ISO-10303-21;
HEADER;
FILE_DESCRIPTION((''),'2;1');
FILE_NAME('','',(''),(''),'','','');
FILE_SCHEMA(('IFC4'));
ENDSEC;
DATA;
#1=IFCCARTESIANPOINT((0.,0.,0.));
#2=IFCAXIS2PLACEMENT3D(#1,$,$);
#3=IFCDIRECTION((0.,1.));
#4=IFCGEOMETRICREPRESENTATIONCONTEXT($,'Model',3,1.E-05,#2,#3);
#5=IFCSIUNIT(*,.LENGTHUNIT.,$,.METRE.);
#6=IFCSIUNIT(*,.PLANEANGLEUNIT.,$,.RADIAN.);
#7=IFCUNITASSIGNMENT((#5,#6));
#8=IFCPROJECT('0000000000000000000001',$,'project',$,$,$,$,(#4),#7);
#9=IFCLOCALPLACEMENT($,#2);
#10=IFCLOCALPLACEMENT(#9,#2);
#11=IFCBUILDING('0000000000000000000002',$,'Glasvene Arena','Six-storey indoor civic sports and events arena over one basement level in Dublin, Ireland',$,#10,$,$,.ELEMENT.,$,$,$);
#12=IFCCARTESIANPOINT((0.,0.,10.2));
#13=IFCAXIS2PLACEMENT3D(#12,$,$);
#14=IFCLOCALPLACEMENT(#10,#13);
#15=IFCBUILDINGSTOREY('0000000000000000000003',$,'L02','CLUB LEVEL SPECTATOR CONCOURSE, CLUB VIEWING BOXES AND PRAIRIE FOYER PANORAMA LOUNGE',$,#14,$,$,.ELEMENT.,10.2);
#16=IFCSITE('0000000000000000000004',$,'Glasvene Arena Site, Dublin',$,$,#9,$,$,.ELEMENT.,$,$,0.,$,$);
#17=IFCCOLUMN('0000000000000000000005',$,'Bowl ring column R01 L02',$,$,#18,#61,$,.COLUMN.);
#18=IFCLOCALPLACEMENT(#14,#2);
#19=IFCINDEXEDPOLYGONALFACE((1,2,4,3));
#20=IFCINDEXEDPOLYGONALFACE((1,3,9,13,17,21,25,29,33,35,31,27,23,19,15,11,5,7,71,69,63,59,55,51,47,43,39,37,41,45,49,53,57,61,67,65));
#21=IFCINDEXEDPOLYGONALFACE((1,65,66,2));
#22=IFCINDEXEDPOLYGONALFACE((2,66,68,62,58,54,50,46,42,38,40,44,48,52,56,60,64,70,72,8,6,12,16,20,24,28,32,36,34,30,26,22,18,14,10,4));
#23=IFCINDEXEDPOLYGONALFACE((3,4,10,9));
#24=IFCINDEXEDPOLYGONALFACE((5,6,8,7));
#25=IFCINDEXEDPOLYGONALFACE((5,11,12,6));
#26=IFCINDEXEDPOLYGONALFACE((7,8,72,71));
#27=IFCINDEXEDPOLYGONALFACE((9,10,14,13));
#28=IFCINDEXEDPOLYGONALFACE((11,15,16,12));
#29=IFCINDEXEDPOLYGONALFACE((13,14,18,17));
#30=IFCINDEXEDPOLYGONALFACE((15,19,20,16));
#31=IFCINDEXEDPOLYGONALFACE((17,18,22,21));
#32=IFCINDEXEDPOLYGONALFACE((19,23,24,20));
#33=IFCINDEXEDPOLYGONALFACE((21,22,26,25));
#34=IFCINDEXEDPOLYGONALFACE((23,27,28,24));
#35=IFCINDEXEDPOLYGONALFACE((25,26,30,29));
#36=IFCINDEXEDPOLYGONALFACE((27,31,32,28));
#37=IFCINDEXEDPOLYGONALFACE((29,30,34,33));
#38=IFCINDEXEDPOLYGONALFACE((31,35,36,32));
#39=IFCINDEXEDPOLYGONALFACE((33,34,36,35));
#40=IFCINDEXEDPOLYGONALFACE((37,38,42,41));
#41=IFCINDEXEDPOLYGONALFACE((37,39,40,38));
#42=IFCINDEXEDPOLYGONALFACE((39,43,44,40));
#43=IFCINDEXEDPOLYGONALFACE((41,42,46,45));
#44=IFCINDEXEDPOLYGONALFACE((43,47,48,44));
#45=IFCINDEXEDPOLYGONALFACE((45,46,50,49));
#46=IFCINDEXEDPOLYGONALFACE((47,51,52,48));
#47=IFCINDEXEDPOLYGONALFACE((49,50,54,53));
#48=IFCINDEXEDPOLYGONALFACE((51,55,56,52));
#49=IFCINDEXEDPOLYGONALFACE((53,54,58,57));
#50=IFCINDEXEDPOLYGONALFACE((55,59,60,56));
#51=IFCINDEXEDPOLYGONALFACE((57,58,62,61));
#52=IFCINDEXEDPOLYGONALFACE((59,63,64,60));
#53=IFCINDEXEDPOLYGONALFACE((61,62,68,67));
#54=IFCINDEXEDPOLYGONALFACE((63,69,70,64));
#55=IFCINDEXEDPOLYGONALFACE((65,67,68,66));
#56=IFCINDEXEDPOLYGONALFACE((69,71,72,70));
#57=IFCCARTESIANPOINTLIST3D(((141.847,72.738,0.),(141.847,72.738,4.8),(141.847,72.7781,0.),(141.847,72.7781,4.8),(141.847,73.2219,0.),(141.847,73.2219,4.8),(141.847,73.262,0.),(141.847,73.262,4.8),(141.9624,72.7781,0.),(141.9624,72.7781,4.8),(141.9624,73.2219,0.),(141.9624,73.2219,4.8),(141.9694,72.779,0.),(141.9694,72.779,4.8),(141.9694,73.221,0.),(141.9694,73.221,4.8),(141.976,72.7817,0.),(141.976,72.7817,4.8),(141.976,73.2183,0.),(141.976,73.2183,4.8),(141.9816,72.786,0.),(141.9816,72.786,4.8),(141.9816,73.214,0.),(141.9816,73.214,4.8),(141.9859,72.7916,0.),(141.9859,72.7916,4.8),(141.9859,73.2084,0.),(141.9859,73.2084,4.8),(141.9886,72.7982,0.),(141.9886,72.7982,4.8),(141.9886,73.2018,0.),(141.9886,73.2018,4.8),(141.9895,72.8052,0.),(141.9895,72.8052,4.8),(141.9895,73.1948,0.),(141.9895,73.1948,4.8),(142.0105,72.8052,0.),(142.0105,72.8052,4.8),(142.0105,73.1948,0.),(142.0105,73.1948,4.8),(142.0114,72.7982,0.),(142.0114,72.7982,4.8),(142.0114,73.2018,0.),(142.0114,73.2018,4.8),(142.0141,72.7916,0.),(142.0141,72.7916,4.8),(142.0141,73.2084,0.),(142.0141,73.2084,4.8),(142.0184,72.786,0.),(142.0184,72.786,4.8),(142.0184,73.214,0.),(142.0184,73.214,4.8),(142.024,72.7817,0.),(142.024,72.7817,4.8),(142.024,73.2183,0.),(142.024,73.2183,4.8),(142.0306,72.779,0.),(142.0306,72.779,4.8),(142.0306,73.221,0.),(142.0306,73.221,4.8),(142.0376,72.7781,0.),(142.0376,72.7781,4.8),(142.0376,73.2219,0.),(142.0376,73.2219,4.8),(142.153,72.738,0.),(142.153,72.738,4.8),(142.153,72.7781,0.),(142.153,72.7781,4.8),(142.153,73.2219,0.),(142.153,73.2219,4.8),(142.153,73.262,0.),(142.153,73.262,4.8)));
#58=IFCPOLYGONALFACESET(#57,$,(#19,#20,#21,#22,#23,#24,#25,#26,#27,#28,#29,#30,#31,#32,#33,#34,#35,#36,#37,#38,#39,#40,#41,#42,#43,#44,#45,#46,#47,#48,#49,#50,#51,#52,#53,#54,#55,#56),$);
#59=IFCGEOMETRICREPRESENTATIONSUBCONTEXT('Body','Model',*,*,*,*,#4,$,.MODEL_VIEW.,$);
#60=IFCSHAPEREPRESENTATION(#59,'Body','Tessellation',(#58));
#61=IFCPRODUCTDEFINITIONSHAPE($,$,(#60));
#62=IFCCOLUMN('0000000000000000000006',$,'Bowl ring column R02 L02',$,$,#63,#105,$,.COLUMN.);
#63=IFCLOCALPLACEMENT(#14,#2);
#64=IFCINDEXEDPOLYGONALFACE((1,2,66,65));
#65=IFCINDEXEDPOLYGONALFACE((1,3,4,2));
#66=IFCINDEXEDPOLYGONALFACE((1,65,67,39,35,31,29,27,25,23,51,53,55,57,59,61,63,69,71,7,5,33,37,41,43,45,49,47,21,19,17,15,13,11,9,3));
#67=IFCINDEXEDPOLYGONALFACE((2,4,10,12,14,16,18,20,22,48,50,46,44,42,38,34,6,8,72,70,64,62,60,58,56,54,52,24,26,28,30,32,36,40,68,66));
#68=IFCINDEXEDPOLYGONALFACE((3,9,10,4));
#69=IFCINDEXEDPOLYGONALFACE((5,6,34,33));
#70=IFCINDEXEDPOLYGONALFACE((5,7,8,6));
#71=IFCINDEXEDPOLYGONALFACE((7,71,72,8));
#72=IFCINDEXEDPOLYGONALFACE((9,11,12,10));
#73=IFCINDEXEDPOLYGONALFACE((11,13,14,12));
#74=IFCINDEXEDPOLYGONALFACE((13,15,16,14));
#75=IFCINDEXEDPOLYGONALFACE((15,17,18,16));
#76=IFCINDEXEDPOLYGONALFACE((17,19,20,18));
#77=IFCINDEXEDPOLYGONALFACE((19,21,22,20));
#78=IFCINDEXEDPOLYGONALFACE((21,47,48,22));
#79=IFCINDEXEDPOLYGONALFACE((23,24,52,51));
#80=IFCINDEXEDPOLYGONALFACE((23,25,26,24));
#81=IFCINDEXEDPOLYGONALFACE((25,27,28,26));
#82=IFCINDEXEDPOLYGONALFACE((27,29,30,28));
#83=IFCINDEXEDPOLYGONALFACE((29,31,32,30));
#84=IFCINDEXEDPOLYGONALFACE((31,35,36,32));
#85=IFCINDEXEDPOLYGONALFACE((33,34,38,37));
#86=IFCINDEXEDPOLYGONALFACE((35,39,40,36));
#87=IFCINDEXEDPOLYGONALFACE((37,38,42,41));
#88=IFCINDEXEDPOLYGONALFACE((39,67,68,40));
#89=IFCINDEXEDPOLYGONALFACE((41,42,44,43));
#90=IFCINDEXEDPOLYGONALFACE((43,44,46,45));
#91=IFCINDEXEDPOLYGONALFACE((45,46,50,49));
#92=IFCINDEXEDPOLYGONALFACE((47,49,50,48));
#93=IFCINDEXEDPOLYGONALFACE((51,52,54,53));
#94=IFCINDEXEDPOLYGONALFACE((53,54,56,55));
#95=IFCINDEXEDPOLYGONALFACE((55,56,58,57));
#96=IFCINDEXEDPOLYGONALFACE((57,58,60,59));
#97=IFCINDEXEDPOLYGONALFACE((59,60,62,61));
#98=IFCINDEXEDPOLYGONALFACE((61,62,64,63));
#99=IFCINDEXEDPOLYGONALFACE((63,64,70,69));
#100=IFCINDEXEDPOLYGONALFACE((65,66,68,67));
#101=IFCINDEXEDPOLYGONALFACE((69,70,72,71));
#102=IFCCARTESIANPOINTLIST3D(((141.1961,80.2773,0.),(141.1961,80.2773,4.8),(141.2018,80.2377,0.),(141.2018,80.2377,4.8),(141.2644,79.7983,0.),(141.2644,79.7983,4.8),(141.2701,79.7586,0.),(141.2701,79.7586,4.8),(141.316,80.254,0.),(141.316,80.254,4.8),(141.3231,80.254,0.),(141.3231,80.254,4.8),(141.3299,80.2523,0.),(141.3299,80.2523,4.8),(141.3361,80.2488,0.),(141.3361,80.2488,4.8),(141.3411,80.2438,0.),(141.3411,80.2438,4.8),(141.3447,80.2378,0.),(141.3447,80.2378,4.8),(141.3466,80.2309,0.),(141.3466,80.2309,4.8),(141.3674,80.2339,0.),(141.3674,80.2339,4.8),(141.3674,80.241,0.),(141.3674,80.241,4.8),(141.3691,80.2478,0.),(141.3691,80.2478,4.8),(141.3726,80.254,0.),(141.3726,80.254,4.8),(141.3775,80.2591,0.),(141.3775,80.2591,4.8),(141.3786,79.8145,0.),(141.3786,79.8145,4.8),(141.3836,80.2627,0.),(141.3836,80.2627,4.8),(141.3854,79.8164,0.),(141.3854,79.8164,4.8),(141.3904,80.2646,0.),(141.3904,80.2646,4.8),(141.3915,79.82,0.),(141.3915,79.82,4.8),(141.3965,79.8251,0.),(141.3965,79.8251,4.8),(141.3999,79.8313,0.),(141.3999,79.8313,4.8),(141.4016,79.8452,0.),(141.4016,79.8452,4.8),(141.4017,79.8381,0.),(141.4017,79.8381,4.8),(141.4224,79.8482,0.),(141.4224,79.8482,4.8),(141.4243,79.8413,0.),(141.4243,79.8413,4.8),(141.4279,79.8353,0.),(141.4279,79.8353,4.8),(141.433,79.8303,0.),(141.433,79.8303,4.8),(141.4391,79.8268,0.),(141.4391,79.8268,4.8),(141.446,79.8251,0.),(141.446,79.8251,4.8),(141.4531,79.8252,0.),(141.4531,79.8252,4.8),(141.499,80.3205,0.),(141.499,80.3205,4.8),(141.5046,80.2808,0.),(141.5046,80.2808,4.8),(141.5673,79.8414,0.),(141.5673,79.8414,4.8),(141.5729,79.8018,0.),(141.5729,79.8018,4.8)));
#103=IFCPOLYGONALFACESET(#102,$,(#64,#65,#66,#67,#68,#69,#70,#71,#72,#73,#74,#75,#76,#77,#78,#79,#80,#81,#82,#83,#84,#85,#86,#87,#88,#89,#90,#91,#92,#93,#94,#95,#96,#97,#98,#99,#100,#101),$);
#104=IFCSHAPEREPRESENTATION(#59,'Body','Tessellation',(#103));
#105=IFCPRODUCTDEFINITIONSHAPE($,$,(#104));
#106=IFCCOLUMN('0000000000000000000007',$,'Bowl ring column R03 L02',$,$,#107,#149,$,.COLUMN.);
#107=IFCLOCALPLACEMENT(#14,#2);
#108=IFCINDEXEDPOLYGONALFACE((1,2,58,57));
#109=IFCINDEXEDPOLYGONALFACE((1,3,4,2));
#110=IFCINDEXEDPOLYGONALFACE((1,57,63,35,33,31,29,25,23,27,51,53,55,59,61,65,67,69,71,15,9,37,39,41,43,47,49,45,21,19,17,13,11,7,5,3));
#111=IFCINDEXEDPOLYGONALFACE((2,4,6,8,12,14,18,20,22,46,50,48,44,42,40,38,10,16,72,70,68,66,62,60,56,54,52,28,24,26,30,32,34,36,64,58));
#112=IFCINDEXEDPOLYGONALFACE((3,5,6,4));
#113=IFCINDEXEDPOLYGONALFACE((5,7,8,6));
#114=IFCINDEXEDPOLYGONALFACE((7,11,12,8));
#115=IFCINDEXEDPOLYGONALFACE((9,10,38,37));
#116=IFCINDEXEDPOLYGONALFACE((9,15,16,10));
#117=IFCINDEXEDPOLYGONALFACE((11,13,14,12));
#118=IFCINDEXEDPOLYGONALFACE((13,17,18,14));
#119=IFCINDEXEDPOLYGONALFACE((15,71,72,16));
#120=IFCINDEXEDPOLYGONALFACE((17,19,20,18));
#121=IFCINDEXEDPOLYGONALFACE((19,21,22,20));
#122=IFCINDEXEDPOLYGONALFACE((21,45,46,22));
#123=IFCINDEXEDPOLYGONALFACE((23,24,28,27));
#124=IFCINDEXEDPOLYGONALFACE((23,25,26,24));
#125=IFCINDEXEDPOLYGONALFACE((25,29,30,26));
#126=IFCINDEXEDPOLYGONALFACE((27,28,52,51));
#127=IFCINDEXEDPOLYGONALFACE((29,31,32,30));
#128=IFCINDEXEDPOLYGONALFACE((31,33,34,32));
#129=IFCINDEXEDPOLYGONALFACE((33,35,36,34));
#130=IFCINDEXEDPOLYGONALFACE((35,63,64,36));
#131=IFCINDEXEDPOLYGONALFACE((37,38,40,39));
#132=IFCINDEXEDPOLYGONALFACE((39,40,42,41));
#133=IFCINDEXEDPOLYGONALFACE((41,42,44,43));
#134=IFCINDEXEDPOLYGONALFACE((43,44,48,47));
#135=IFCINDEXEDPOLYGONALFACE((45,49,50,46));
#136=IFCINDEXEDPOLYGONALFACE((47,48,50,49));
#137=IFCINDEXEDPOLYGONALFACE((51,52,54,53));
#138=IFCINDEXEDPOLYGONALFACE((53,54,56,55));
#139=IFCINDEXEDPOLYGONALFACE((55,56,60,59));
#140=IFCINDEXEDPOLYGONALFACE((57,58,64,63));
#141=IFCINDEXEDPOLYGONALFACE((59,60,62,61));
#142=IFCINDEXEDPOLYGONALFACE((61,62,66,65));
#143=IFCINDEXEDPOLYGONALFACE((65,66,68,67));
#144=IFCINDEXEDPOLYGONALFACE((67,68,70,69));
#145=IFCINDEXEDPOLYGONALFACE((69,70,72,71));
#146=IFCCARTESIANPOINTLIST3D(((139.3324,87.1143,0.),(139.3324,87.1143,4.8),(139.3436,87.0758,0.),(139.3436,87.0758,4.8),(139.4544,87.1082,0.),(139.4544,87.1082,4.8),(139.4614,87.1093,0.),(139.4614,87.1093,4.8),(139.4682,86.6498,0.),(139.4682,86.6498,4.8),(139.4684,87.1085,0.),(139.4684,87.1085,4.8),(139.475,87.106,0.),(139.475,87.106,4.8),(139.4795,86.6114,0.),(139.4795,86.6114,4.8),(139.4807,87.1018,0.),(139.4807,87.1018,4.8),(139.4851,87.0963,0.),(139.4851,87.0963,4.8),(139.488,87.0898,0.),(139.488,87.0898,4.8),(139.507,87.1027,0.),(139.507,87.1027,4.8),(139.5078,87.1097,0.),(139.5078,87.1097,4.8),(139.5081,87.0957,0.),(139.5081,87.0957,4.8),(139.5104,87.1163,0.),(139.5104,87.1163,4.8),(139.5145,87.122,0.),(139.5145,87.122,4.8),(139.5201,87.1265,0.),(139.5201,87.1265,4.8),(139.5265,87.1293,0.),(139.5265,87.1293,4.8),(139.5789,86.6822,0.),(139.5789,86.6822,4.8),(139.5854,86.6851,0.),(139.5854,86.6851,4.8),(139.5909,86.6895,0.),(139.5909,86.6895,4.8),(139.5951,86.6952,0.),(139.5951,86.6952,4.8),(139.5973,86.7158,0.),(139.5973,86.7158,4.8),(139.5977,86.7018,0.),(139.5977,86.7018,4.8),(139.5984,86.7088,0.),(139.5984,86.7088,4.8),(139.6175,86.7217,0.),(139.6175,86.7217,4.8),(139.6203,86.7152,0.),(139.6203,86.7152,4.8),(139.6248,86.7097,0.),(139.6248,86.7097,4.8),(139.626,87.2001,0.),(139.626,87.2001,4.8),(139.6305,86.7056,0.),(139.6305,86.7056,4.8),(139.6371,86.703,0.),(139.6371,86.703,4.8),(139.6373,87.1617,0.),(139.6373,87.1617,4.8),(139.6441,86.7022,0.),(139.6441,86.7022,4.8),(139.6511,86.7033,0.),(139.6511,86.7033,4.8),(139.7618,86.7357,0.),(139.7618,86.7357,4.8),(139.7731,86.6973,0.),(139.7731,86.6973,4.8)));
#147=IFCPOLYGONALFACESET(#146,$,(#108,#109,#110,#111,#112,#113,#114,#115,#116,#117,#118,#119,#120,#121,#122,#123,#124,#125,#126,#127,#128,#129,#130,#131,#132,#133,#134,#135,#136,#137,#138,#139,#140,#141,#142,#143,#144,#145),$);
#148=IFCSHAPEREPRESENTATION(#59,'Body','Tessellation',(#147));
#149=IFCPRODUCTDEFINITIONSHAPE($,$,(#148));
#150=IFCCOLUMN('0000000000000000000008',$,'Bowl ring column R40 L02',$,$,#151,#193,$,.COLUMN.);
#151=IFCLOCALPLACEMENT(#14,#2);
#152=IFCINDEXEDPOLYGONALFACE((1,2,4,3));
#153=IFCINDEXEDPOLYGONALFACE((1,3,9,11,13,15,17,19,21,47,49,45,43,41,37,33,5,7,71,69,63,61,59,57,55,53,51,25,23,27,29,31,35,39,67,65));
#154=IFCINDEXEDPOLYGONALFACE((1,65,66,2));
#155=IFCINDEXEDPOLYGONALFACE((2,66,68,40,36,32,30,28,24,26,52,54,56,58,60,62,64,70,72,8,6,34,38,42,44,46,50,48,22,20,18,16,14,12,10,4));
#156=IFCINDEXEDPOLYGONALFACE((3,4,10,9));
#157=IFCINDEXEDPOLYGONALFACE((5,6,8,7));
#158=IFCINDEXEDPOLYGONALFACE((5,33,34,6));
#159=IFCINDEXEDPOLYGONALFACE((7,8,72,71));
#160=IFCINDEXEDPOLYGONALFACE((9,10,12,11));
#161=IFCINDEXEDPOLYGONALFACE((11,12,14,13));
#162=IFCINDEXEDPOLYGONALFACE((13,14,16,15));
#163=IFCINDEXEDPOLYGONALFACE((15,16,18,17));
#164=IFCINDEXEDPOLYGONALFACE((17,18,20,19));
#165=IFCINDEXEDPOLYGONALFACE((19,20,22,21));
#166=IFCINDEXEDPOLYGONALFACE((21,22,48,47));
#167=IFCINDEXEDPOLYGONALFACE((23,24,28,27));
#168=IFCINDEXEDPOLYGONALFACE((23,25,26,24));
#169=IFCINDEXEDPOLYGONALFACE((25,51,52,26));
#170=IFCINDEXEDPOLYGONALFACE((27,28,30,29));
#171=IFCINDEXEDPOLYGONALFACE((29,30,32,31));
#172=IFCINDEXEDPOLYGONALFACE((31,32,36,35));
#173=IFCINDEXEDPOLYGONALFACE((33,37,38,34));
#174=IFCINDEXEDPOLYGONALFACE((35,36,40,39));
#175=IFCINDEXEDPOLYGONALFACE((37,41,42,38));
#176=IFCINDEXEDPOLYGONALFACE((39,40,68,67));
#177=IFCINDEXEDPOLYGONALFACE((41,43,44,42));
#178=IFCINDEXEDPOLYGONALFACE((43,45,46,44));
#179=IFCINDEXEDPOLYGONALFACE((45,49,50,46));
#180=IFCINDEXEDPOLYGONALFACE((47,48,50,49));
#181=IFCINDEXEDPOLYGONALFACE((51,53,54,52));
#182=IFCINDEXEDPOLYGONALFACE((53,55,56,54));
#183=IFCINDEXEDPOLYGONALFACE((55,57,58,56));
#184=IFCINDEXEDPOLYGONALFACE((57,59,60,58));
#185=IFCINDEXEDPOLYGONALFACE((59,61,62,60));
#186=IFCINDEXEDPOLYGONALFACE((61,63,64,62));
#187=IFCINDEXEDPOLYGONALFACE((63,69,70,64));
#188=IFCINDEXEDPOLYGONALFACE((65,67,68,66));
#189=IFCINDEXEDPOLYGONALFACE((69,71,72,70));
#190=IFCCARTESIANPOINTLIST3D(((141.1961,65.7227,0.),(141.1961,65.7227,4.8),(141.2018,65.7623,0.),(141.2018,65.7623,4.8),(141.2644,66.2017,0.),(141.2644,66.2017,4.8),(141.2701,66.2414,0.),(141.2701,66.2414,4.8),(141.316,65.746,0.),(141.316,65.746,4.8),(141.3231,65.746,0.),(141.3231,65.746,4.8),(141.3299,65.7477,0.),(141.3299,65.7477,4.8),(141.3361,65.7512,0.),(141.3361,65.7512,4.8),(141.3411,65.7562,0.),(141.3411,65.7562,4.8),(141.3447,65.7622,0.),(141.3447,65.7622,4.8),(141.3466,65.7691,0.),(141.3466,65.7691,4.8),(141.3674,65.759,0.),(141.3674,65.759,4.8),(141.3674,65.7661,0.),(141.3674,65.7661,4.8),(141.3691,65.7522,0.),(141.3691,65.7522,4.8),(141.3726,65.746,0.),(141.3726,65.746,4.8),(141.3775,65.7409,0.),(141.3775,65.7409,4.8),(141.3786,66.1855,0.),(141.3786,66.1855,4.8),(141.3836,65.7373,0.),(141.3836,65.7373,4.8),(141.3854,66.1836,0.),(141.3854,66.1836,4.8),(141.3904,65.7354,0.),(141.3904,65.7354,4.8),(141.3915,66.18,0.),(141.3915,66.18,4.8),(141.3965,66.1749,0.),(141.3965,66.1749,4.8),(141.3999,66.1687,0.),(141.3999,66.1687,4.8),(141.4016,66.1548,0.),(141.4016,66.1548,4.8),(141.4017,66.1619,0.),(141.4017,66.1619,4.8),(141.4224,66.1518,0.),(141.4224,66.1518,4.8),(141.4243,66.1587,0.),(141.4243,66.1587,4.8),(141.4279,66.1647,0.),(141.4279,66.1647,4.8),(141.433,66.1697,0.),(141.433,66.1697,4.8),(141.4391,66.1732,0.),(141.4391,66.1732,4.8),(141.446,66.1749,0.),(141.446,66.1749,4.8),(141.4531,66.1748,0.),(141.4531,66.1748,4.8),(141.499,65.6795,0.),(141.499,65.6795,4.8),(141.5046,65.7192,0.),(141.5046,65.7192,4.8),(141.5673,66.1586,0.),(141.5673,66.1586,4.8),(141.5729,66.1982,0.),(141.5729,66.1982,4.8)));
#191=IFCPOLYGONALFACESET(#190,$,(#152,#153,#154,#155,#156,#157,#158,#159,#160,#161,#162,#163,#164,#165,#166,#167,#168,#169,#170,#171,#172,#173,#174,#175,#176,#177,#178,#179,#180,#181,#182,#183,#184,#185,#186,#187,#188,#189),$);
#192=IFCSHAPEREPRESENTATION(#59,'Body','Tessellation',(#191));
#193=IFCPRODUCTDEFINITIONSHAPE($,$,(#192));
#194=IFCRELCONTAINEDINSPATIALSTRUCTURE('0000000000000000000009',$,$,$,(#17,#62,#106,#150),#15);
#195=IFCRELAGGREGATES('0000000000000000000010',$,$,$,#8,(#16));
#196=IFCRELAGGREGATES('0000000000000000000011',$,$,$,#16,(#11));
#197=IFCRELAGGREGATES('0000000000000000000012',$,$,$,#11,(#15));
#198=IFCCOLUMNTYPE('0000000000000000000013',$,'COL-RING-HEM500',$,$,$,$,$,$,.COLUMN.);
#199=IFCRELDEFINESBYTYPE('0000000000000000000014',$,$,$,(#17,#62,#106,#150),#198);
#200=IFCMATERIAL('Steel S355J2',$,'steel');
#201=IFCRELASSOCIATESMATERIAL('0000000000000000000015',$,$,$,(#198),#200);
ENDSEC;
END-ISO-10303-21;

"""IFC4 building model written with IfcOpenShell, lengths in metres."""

from ifc_helpers import new_model, si_unit, direction, frame, origin, origin_2d, place, context, subcontext, project, spatial, i_section, extrude, material, material_profile, profile_set, type_object, element, save


model = new_model("IFC4")

# Units and contexts
model_context = context("Model", 3, precision=1e-05, world=origin(), true_north=direction((0.0, 1.0)))
body_context = subcontext(model_context, "Body", "Model", "MODEL_VIEW")
ifc_project = project(units=[si_unit("LENGTHUNIT", "METRE"), si_unit("PLANEANGLEUNIT", "RADIAN")], contexts=[model_context])

# Site, building, storey
site_placement = place(None, origin())
site = spatial("IfcSite", under=ifc_project, at=site_placement, Name="Glasvene Arena Site, Dublin", CompositionType="ELEMENT", RefElevation=0.0)
building_placement = place(site_placement, origin())
building = spatial("IfcBuilding", under=site, at=building_placement, Name="Glasvene Arena", Description="Six-storey indoor civic sports and events arena over one basement level in Dublin, Ireland", CompositionType="ELEMENT")
storey_placement = place(building_placement, frame((0.0, 0.0, 10.2)))
storey = spatial("IfcBuildingStorey", under=building, at=storey_placement, Name="L02", Description="CLUB LEVEL SPECTATOR CONCOURSE, CLUB VIEWING BOXES AND PRAIRIE FOYER PANORAMA LOUNGE", CompositionType="ELEMENT", Elevation=10.2)

# Columns
ifc_material_1 = material(Name="Steel S355J2", Category="steel")
ifc_material_profile_1 = material_profile(ifc_material_1, i_section(OverallWidth=0.3059, OverallDepth=0.5239, WebThickness=0.021, FlangeThickness=0.04, FilletRadius=0.0271, at=origin_2d()), Name="HEM 500")
ifc_profile_set_1 = profile_set([ifc_material_profile_1], Name="Steel S355J2")
column_type_1 = type_object("IfcColumnType", Name="COL-RING-HEM500", PredefinedType="COLUMN", material=ifc_profile_set_1)
for number, where, z_axis, x_axis, name in (
    (1, (142.0, 73.0, 0.0), (0.0, 0.0, 1.0), (1.0, 0.0, 0.0), "Bowl ring column R01 L02"),
    (2, (141.3845, 80.0396, 0.0), (0.0, 0.0, 1.0), (0.989999, 0.141074, 0.0), "Bowl ring column R02 L02"),
    (3, (139.5527, 86.9058, 0.0), (0.0, 0.0, 1.0), (0.959805, 0.280667, 0.0), "Bowl ring column R03 L02"),
    (4, (141.3845, 65.9604, 0.0), (0.0, 0.0, 1.0), (0.989999, -0.141074, 0.0), "Bowl ring column R40 L02"),
):
    element("IfcColumn", number, at=place(storey_placement, frame(where, z_axis=z_axis, x_axis=x_axis)), inside=storey, type_object=column_type_1, Name=name, PredefinedType="COLUMN", context=body_context, shape_type="SweptSolid", body=[
        extrude(i_section(OverallWidth=0.3059, OverallDepth=0.5239, WebThickness=0.021, FlangeThickness=0.04, FilletRadius=0.0271, at=origin_2d()), origin(), (0.0, 0.0, 1.0), 4.8),
    ])

save(model, "model.ifc")
